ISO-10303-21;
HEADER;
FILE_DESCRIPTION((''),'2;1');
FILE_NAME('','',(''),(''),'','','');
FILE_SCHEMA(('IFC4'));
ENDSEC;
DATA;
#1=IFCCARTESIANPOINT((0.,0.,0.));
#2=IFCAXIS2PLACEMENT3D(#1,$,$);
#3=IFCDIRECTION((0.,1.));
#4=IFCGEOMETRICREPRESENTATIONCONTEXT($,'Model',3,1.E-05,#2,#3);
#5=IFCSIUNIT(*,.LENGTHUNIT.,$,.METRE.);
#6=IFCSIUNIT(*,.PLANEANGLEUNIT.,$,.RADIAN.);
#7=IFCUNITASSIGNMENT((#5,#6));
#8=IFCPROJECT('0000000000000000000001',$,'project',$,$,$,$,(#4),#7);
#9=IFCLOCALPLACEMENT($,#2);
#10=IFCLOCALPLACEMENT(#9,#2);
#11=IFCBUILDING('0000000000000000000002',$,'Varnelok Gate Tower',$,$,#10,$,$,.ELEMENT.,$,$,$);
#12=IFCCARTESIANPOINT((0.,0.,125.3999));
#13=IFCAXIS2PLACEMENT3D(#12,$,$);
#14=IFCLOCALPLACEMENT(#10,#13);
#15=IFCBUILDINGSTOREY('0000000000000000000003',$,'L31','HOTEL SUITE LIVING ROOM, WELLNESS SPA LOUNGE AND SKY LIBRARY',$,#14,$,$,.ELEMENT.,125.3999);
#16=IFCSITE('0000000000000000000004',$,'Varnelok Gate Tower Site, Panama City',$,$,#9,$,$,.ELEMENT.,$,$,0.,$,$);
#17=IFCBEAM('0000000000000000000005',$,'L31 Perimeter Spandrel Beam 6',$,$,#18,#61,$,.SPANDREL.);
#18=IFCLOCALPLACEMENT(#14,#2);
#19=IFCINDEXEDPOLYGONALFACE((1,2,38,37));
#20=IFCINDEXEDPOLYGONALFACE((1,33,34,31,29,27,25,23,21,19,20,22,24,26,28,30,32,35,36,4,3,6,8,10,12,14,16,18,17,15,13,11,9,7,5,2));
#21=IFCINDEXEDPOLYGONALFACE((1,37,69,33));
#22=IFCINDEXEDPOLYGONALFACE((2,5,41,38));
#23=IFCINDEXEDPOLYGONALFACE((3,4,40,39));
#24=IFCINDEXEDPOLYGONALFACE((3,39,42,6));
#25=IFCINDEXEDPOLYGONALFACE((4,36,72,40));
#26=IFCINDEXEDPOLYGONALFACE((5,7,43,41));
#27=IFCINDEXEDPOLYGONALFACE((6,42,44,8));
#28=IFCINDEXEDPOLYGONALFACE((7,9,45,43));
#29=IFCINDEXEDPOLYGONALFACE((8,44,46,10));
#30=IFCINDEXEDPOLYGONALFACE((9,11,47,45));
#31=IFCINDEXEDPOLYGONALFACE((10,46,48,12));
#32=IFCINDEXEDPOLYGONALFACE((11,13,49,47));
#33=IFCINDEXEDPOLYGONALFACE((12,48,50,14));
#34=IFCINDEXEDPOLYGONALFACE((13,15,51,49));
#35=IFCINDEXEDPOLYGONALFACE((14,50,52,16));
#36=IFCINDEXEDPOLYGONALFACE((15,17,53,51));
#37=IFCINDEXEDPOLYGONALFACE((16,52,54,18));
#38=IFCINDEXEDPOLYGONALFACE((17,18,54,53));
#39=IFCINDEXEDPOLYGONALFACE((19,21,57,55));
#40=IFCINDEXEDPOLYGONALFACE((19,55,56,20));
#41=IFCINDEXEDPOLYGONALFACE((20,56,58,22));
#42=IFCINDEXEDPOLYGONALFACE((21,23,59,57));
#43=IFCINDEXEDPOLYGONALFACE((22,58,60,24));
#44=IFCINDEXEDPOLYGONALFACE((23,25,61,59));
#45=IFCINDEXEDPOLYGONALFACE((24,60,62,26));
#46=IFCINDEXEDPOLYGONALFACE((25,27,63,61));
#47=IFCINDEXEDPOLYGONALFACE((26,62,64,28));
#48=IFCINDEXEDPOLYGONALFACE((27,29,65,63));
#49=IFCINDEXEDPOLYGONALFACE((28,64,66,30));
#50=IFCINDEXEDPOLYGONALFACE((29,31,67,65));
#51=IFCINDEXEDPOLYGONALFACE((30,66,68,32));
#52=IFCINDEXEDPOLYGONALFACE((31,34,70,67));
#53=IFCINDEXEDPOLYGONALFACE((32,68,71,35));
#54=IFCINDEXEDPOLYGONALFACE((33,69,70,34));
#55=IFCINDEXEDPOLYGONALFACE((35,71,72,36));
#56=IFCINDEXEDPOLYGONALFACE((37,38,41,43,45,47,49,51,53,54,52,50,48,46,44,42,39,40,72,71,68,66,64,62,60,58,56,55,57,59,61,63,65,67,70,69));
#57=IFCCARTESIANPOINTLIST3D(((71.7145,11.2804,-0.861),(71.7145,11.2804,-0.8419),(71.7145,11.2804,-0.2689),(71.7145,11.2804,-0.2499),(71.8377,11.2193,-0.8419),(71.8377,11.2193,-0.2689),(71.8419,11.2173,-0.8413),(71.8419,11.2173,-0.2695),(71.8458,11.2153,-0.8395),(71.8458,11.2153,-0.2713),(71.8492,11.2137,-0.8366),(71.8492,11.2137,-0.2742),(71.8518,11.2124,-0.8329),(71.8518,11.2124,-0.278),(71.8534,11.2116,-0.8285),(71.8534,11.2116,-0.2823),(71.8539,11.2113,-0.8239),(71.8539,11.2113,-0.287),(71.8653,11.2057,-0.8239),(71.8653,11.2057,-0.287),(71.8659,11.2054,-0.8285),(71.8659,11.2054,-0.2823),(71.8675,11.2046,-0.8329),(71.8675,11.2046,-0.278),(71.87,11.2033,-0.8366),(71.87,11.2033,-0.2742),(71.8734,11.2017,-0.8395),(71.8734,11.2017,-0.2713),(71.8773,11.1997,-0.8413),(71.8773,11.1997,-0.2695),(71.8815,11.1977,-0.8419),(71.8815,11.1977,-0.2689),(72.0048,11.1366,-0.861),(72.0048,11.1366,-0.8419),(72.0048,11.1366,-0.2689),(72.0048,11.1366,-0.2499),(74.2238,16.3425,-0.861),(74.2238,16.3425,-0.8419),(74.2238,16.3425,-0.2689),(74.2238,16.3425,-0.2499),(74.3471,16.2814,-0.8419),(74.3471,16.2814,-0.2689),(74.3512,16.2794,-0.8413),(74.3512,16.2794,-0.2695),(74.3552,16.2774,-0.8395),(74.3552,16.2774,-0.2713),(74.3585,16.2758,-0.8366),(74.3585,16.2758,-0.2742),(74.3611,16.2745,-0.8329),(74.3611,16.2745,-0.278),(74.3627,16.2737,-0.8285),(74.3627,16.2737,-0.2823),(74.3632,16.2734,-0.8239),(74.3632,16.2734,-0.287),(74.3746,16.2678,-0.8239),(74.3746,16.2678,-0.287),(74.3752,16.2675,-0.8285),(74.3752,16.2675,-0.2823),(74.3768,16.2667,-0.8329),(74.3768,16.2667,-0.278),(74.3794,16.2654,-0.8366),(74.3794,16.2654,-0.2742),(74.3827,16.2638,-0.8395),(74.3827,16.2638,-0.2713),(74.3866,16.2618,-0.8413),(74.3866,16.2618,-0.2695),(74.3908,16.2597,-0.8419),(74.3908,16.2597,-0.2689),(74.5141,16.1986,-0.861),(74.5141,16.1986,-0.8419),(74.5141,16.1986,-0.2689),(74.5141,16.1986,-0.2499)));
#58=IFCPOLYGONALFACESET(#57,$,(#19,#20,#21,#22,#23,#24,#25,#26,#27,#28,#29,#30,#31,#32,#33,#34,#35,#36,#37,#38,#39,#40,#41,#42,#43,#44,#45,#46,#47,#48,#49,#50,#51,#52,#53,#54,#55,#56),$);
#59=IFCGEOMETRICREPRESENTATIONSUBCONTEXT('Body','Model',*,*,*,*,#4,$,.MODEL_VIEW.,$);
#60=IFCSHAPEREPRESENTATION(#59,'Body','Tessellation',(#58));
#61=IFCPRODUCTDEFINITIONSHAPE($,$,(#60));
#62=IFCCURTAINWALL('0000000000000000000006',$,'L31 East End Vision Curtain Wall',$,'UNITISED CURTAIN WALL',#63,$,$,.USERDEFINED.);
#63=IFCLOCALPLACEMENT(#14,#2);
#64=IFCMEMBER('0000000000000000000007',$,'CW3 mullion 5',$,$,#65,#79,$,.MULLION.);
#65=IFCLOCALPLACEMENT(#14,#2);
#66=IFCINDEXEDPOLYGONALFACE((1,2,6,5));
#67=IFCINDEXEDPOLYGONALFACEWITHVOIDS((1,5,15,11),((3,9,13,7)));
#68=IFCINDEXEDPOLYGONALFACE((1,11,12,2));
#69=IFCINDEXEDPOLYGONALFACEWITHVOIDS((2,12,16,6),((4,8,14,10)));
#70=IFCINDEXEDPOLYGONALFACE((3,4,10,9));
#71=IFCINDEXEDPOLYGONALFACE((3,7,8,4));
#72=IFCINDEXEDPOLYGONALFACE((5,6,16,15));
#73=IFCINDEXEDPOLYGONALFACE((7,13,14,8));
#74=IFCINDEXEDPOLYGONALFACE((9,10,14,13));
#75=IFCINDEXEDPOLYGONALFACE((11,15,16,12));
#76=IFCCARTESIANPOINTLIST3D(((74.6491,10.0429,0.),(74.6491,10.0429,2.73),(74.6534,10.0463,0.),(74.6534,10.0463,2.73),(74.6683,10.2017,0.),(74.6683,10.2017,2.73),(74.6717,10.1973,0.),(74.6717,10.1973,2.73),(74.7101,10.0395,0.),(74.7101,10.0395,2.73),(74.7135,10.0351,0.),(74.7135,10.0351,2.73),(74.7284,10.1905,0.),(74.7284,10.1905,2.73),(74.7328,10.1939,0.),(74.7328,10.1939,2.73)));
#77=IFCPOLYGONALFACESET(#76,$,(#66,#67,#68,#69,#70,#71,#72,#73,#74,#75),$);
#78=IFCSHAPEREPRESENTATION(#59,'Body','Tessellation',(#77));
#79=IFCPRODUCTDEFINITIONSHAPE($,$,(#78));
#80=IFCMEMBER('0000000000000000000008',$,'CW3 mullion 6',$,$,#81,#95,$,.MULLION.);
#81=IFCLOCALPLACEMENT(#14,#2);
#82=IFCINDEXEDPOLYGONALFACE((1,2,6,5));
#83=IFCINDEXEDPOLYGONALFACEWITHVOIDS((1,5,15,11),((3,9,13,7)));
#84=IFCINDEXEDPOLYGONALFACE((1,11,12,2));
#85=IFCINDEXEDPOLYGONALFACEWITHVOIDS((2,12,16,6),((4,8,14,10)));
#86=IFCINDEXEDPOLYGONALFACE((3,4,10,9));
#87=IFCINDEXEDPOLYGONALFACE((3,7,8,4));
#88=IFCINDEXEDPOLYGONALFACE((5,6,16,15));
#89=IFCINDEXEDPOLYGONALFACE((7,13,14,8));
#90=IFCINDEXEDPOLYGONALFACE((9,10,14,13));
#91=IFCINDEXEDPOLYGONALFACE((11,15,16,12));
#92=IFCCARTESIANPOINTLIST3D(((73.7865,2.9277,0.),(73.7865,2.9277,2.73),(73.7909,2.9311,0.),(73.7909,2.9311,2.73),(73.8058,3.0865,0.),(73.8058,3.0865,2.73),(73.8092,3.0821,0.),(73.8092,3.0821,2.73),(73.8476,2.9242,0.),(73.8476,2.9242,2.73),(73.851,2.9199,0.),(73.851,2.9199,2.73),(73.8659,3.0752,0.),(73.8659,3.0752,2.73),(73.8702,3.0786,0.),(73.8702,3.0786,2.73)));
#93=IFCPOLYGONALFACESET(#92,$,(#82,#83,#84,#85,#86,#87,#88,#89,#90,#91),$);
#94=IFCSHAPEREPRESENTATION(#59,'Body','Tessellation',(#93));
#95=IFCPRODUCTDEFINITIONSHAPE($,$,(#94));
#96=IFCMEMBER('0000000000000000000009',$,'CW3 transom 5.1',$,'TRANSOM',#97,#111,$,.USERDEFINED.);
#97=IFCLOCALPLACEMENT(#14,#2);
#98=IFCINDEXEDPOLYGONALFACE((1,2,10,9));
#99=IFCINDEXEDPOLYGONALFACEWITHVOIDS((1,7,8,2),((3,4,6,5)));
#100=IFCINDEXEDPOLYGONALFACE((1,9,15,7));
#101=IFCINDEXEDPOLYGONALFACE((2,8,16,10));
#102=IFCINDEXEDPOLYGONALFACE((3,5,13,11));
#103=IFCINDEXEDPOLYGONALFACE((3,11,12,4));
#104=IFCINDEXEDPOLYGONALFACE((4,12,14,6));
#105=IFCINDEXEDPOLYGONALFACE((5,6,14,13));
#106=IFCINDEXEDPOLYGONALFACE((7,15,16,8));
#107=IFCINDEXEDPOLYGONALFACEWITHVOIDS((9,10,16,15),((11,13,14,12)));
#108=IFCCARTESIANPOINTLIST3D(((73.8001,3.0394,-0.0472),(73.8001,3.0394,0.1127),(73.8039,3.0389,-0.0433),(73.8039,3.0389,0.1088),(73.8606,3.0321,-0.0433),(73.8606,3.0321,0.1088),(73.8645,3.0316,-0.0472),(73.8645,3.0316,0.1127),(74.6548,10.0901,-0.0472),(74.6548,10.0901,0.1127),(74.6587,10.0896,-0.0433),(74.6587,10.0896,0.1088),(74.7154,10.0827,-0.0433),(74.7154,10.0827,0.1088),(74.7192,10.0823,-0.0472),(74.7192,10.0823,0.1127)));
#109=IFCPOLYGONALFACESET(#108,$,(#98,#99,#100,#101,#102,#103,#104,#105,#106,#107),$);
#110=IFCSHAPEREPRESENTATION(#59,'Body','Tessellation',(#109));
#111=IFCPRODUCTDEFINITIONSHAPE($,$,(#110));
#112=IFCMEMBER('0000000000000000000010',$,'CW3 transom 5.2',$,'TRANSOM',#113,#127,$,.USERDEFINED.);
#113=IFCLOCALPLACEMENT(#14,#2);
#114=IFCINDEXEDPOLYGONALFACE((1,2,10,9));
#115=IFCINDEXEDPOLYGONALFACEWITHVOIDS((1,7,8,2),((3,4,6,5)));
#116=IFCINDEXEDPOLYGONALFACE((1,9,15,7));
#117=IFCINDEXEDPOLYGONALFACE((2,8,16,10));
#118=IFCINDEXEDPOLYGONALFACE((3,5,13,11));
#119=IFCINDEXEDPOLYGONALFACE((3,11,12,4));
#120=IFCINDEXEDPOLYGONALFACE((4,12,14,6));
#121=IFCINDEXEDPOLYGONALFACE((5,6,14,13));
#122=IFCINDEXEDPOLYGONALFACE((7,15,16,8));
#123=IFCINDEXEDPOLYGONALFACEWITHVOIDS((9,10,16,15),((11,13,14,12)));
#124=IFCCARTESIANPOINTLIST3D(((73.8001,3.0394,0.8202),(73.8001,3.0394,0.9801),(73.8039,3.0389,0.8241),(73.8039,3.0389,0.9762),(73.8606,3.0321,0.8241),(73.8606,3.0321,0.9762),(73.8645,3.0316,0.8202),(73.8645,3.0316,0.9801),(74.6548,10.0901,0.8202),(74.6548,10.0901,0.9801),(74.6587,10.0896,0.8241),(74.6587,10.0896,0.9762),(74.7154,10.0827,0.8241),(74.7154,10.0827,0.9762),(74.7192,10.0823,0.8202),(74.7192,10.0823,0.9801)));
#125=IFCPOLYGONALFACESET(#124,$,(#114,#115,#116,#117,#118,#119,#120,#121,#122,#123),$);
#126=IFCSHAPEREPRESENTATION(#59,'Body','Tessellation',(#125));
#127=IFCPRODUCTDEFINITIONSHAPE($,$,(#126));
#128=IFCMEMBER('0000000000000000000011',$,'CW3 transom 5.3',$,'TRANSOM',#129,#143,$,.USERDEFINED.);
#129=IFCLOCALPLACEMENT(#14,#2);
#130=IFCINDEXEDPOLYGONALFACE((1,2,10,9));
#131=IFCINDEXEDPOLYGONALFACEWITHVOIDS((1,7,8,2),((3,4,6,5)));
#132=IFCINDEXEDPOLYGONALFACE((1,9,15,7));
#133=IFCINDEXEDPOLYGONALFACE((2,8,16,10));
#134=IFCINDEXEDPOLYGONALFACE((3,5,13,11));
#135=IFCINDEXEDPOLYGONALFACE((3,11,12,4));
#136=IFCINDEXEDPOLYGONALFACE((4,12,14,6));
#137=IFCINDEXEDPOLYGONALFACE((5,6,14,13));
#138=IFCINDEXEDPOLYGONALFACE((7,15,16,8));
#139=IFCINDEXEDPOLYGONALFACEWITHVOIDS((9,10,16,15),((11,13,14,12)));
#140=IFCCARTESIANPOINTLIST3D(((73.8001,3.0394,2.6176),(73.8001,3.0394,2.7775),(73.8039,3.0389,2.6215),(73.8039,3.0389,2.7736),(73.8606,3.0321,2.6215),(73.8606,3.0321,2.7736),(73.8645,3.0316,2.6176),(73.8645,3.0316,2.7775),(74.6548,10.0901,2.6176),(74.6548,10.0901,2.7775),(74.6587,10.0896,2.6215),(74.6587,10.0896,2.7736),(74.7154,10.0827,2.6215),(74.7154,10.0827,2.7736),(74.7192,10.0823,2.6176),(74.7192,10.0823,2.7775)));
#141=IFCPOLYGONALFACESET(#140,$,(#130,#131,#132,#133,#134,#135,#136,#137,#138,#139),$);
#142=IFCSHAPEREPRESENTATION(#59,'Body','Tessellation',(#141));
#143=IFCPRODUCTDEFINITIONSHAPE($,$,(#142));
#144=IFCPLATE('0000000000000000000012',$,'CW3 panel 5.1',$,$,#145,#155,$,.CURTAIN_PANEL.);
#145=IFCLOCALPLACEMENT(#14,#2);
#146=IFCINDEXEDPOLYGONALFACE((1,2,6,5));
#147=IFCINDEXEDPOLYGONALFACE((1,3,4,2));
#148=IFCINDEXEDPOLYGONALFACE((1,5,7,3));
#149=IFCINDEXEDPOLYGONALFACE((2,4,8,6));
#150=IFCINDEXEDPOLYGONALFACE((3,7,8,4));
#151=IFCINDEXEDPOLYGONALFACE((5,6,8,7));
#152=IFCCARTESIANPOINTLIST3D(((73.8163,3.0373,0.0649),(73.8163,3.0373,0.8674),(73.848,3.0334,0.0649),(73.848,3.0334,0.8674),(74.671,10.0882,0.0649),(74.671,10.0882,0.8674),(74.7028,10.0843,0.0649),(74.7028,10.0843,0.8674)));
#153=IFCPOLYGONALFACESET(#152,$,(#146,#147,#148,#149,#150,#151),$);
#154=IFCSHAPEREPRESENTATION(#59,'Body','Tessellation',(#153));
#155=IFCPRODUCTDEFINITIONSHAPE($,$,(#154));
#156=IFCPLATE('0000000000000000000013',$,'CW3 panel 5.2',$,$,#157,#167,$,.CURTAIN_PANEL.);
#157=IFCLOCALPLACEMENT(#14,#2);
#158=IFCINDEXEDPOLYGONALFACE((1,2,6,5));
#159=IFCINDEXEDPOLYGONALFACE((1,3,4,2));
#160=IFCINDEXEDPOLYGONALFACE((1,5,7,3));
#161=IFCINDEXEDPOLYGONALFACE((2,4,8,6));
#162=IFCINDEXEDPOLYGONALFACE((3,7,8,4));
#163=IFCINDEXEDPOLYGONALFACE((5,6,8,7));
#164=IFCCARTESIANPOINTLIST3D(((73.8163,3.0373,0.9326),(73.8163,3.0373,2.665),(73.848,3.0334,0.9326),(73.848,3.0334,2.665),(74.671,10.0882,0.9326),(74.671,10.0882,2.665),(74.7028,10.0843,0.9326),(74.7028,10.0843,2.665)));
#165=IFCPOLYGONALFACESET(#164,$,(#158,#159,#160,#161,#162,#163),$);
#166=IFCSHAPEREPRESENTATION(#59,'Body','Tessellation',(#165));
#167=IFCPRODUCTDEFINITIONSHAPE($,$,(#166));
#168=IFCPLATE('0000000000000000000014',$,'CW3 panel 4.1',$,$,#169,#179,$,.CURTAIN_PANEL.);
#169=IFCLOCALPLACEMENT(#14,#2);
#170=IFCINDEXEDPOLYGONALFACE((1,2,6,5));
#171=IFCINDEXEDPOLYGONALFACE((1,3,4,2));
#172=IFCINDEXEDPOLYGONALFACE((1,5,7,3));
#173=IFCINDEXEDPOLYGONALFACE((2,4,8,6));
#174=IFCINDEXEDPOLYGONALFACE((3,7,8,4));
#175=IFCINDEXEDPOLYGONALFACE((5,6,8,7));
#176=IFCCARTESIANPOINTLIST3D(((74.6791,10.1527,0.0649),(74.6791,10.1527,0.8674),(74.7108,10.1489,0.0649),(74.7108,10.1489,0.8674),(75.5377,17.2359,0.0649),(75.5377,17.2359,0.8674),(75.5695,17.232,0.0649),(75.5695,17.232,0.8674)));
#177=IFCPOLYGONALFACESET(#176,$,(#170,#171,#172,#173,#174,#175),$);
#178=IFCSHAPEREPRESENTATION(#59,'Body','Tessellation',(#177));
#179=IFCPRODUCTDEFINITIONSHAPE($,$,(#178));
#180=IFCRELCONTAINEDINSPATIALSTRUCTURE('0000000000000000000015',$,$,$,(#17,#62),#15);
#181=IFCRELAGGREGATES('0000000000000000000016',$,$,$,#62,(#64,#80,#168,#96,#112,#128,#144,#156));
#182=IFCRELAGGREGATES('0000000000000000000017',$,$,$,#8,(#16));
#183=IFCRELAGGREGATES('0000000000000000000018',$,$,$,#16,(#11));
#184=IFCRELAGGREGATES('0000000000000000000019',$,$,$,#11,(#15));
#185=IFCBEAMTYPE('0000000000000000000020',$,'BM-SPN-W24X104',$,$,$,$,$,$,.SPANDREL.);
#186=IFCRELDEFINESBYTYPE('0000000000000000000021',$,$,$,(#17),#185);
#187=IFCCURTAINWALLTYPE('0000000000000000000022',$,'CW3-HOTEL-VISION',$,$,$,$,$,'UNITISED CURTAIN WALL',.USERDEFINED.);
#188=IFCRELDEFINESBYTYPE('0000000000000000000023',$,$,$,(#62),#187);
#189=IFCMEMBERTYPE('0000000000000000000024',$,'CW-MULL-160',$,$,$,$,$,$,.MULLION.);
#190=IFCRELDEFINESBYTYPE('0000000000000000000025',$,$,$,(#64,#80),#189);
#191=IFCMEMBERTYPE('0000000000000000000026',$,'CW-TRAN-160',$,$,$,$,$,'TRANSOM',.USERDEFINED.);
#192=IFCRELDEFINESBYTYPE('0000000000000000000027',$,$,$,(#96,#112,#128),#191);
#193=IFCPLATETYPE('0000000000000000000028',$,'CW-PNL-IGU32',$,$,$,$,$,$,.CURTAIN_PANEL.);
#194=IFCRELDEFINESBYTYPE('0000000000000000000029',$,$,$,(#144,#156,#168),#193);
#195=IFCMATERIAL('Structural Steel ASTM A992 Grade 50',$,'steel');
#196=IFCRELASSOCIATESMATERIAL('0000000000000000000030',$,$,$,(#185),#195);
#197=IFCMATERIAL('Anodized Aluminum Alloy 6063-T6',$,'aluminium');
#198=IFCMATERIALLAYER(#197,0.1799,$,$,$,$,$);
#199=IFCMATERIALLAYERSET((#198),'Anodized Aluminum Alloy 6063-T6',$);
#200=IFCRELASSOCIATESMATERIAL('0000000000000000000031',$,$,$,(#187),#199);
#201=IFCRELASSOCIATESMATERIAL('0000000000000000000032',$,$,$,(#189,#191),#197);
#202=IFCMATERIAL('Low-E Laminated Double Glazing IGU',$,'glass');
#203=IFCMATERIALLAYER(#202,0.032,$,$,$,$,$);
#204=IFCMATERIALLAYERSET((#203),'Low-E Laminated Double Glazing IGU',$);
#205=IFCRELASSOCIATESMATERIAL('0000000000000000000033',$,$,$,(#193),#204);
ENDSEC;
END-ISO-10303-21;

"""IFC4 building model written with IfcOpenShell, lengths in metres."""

from ifc_helpers import new_model, si_unit, direction, frame, origin, origin_2d, place, context, subcontext, project, spatial, rectangle, hollow_rectangle, i_section, extrude, source, transform, mapped, material, layer, layer_set, material_profile, profile_set, type_object, element, aggregate, save


model = new_model("IFC4")

# Units and contexts
model_context = context("Model", 3, precision=1e-05, world=origin(), true_north=direction((0.0, 1.0)))
body_context = subcontext(model_context, "Body", "Model", "MODEL_VIEW")
ifc_project = project(units=[si_unit("LENGTHUNIT", "METRE"), si_unit("PLANEANGLEUNIT", "RADIAN")], contexts=[model_context])

# Site, building, storey
site_placement = place(None, origin())
site = spatial("IfcSite", under=ifc_project, at=site_placement, Name="Varnelok Gate Tower Site, Panama City", CompositionType="ELEMENT", RefElevation=0.0)
building_placement = place(site_placement, origin())
building = spatial("IfcBuilding", under=site, at=building_placement, Name="Varnelok Gate Tower", CompositionType="ELEMENT")
storey_placement = place(building_placement, frame((0.0, 0.0, 125.3999)))
storey = spatial("IfcBuildingStorey", under=building, at=storey_placement, Name="L31", Description="HOTEL SUITE LIVING ROOM, WELLNESS SPA LOUNGE AND SKY LIBRARY", CompositionType="ELEMENT", Elevation=125.3999)

# Shared definitions
ifc_material_1 = material(Name="Structural Steel ASTM A992 Grade 50", Category="steel")

# Beam
ifc_material_profile_1 = material_profile(ifc_material_1, i_section(OverallWidth=0.324, OverallDepth=0.6111, WebThickness=0.0127, FlangeThickness=0.019, FilletRadius=0.0181, at=origin_2d()), Name="W24X104")
ifc_profile_set_1 = profile_set([ifc_material_profile_1], Name="Structural Steel ASTM A992 Grade 50")
beam_type_1 = type_object("IfcBeamType", Name="BM-SPN-W24X104", PredefinedType="SPANDREL", material=ifc_profile_set_1)
beam_1_placement = place(storey_placement, frame((71.8596, 11.2085, -0.5554), z_axis=(0.444134, 0.89596, 0.0), x_axis=(-0.89596, 0.444134, 0.0)))
element("IfcBeam", 1, at=beam_1_placement, inside=storey, type_object=beam_type_1, Name="L31 Perimeter Spandrel Beam 6", PredefinedType="SPANDREL", context=body_context, shape_type="SweptSolid", body=[
    extrude(i_section(OverallWidth=0.324, OverallDepth=0.6111, WebThickness=0.0127, FlangeThickness=0.019, FilletRadius=0.0181, at=origin_2d()), origin(), (0.0, 0.0, 1.0), 5.6499),
])

# Curtain wall, members, plates
ifc_material_2 = material(Name="Anodized Aluminum Alloy 6063-T6", Category="aluminium")
ifc_layer_1 = layer(ifc_material_2, 0.1799)
ifc_layer_set_1 = layer_set([ifc_layer_1], Name="Anodized Aluminum Alloy 6063-T6")
curtain_wall_type = type_object("IfcCurtainWallType", Name="CW3-HOTEL-VISION", ElementType="UNITISED CURTAIN WALL", PredefinedType="USERDEFINED", material=ifc_layer_set_1)
curtain_wall_placement = place(storey_placement, origin())
curtain_wall = element("IfcCurtainWall", 2, at=curtain_wall_placement, inside=storey, type_object=curtain_wall_type, Name="L31 East End Vision Curtain Wall", ObjectType="UNITISED CURTAIN WALL", PredefinedType="USERDEFINED")
ifc_material_profile_2 = material_profile(ifc_material_2, hollow_rectangle(XDim=0.0649, YDim=0.1599, WallThickness=0.0039, at=origin_2d()), Name="ALU160X65X4")
ifc_profile_set_2 = profile_set([ifc_material_profile_2], Name="Anodized Aluminum Alloy 6063-T6")
member_type_1 = type_object("IfcMemberType", Name="CW-MULL-160", PredefinedType="MULLION", material=ifc_profile_set_2)
member_1_placement = place(storey_placement, frame((74.6909, 10.1184, 0.0), z_axis=(0.0, 0.0, 1.0), x_axis=(0.992732, -0.120347, 0.0)))
member_1 = element("IfcMember", 3, at=member_1_placement, type_object=member_type_1, Name="CW3 mullion 5", PredefinedType="MULLION", context=body_context, shape_type="SweptSolid", body=[
    extrude(hollow_rectangle(XDim=0.0649, YDim=0.1599, WallThickness=0.0039, at=origin_2d()), origin(), (0.0, 0.0, 1.0), 2.73),
])
member_2_placement = place(storey_placement, frame((73.8284, 3.0032, 0.0), z_axis=(0.0, 0.0, 1.0), x_axis=(0.992732, -0.120347, 0.0)))
member_2 = element("IfcMember", 4, at=member_2_placement, type_object=member_type_1, Name="CW3 mullion 6", PredefinedType="MULLION", context=body_context, shape_type="SweptSolid", body=[
    extrude(hollow_rectangle(XDim=0.0649, YDim=0.1599, WallThickness=0.0039, at=origin_2d()), origin(), (0.0, 0.0, 1.0), 2.73),
])
ifc_material_profile_3 = material_profile(ifc_material_2, hollow_rectangle(XDim=0.0649, YDim=0.1599, WallThickness=0.0039, at=origin_2d()), Name="ALU160X65X4")
ifc_profile_set_3 = profile_set([ifc_material_profile_3], Name="Anodized Aluminum Alloy 6063-T6")
member_type_2 = type_object("IfcMemberType", Name="CW-TRAN-160", ElementType="TRANSOM", PredefinedType="USERDEFINED", material=ifc_profile_set_3)
member_3_placement = place(storey_placement, frame((74.687, 10.0862, 0.0327), z_axis=(-0.120345, -0.992732, 0.0), x_axis=(0.992732, -0.120345, 0.0)))
member_3 = element("IfcMember", 5, at=member_3_placement, type_object=member_type_2, Name="CW3 transom 5.1", ObjectType="TRANSOM", PredefinedType="USERDEFINED", context=body_context, shape_type="SweptSolid", body=[
    extrude(hollow_rectangle(XDim=0.0649, YDim=0.1599, WallThickness=0.0039, at=origin_2d()), origin(), (0.0, 0.0, 1.0), 7.1023),
])
member_4_placement = place(storey_placement, frame((74.687, 10.0862, 0.9001), z_axis=(-0.120345, -0.992732, 0.0), x_axis=(0.992732, -0.120345, 0.0)))
member_4 = element("IfcMember", 6, at=member_4_placement, type_object=member_type_2, Name="CW3 transom 5.2", ObjectType="TRANSOM", PredefinedType="USERDEFINED", context=body_context, shape_type="SweptSolid", body=[
    extrude(hollow_rectangle(XDim=0.0649, YDim=0.1599, WallThickness=0.0039, at=origin_2d()), origin(), (0.0, 0.0, 1.0), 7.1023),
])
member_5_placement = place(storey_placement, frame((74.687, 10.0862, 2.6975), z_axis=(-0.120345, -0.992732, 0.0), x_axis=(0.992732, -0.120345, 0.0)))
member_5 = element("IfcMember", 7, at=member_5_placement, type_object=member_type_2, Name="CW3 transom 5.3", ObjectType="TRANSOM", PredefinedType="USERDEFINED", context=body_context, shape_type="SweptSolid", body=[
    extrude(hollow_rectangle(XDim=0.0649, YDim=0.1599, WallThickness=0.0039, at=origin_2d()), origin(), (0.0, 0.0, 1.0), 7.1023),
])
ifc_material_3 = material(Name="Low-E Laminated Double Glazing IGU", Category="glass")
ifc_layer_2 = layer(ifc_material_3, 0.032)
ifc_layer_set_2 = layer_set([ifc_layer_2], Name="Low-E Laminated Double Glazing IGU")
plate_type = type_object("IfcPlateType", Name="CW-PNL-IGU32", PredefinedType="CURTAIN_PANEL", material=ifc_layer_set_2)
shared_shape_1 = source(origin(), body_context, "Body", "SweptSolid", [
    extrude(rectangle(XDim=7.1025, YDim=0.032, at=origin_2d()), origin(), (0.0, 0.0, 1.0), 0.8025),
])
plate_1_placement = place(storey_placement, frame((74.2595, 6.5608, 0.0649), z_axis=(0.0, 0.0, 1.0), x_axis=(-0.120347, -0.992732, 0.0)))
plate_1 = element("IfcPlate", 8, at=plate_1_placement, type_object=plate_type, Name="CW3 panel 5.1", PredefinedType="CURTAIN_PANEL", context=body_context, shape_type="MappedRepresentation", body=[
    mapped(shared_shape_1, transform((0.0, 0.0, 0.0), scale=1.0)),
])
shared_shape_2 = source(origin(), body_context, "Body", "SweptSolid", [
    extrude(rectangle(XDim=7.1025, YDim=0.032, at=origin_2d()), origin(), (0.0, 0.0, 1.0), 1.7324),
])
plate_2_placement = place(storey_placement, frame((74.2595, 6.5608, 0.9326), z_axis=(0.0, 0.0, 1.0), x_axis=(-0.120347, -0.992732, 0.0)))
plate_2 = element("IfcPlate", 9, at=plate_2_placement, type_object=plate_type, Name="CW3 panel 5.2", PredefinedType="CURTAIN_PANEL", context=body_context, shape_type="MappedRepresentation", body=[
    mapped(shared_shape_2, transform((0.0, 0.0, 0.0), scale=1.0)),
])
shared_shape_3 = source(origin(), body_context, "Body", "SweptSolid", [
    extrude(rectangle(XDim=7.135, YDim=0.032, at=origin_2d()), origin(), (0.0, 0.0, 1.0), 0.8025),
])
plate_3_placement = place(storey_placement, frame((75.1243, 13.6924, 0.0649), z_axis=(0.0, 0.0, 1.0), x_axis=(-0.120347, -0.992732, 0.0)))
plate_3 = element("IfcPlate", 10, at=plate_3_placement, type_object=plate_type, Name="CW3 panel 4.1", PredefinedType="CURTAIN_PANEL", context=body_context, shape_type="MappedRepresentation", body=[
    mapped(shared_shape_3, transform((0.0, 0.0, 0.0), scale=1.0)),
])
aggregate(curtain_wall, [member_1, member_2, plate_3, member_3, member_4, member_5, plate_1, plate_2])

save(model, "model.ifc")
